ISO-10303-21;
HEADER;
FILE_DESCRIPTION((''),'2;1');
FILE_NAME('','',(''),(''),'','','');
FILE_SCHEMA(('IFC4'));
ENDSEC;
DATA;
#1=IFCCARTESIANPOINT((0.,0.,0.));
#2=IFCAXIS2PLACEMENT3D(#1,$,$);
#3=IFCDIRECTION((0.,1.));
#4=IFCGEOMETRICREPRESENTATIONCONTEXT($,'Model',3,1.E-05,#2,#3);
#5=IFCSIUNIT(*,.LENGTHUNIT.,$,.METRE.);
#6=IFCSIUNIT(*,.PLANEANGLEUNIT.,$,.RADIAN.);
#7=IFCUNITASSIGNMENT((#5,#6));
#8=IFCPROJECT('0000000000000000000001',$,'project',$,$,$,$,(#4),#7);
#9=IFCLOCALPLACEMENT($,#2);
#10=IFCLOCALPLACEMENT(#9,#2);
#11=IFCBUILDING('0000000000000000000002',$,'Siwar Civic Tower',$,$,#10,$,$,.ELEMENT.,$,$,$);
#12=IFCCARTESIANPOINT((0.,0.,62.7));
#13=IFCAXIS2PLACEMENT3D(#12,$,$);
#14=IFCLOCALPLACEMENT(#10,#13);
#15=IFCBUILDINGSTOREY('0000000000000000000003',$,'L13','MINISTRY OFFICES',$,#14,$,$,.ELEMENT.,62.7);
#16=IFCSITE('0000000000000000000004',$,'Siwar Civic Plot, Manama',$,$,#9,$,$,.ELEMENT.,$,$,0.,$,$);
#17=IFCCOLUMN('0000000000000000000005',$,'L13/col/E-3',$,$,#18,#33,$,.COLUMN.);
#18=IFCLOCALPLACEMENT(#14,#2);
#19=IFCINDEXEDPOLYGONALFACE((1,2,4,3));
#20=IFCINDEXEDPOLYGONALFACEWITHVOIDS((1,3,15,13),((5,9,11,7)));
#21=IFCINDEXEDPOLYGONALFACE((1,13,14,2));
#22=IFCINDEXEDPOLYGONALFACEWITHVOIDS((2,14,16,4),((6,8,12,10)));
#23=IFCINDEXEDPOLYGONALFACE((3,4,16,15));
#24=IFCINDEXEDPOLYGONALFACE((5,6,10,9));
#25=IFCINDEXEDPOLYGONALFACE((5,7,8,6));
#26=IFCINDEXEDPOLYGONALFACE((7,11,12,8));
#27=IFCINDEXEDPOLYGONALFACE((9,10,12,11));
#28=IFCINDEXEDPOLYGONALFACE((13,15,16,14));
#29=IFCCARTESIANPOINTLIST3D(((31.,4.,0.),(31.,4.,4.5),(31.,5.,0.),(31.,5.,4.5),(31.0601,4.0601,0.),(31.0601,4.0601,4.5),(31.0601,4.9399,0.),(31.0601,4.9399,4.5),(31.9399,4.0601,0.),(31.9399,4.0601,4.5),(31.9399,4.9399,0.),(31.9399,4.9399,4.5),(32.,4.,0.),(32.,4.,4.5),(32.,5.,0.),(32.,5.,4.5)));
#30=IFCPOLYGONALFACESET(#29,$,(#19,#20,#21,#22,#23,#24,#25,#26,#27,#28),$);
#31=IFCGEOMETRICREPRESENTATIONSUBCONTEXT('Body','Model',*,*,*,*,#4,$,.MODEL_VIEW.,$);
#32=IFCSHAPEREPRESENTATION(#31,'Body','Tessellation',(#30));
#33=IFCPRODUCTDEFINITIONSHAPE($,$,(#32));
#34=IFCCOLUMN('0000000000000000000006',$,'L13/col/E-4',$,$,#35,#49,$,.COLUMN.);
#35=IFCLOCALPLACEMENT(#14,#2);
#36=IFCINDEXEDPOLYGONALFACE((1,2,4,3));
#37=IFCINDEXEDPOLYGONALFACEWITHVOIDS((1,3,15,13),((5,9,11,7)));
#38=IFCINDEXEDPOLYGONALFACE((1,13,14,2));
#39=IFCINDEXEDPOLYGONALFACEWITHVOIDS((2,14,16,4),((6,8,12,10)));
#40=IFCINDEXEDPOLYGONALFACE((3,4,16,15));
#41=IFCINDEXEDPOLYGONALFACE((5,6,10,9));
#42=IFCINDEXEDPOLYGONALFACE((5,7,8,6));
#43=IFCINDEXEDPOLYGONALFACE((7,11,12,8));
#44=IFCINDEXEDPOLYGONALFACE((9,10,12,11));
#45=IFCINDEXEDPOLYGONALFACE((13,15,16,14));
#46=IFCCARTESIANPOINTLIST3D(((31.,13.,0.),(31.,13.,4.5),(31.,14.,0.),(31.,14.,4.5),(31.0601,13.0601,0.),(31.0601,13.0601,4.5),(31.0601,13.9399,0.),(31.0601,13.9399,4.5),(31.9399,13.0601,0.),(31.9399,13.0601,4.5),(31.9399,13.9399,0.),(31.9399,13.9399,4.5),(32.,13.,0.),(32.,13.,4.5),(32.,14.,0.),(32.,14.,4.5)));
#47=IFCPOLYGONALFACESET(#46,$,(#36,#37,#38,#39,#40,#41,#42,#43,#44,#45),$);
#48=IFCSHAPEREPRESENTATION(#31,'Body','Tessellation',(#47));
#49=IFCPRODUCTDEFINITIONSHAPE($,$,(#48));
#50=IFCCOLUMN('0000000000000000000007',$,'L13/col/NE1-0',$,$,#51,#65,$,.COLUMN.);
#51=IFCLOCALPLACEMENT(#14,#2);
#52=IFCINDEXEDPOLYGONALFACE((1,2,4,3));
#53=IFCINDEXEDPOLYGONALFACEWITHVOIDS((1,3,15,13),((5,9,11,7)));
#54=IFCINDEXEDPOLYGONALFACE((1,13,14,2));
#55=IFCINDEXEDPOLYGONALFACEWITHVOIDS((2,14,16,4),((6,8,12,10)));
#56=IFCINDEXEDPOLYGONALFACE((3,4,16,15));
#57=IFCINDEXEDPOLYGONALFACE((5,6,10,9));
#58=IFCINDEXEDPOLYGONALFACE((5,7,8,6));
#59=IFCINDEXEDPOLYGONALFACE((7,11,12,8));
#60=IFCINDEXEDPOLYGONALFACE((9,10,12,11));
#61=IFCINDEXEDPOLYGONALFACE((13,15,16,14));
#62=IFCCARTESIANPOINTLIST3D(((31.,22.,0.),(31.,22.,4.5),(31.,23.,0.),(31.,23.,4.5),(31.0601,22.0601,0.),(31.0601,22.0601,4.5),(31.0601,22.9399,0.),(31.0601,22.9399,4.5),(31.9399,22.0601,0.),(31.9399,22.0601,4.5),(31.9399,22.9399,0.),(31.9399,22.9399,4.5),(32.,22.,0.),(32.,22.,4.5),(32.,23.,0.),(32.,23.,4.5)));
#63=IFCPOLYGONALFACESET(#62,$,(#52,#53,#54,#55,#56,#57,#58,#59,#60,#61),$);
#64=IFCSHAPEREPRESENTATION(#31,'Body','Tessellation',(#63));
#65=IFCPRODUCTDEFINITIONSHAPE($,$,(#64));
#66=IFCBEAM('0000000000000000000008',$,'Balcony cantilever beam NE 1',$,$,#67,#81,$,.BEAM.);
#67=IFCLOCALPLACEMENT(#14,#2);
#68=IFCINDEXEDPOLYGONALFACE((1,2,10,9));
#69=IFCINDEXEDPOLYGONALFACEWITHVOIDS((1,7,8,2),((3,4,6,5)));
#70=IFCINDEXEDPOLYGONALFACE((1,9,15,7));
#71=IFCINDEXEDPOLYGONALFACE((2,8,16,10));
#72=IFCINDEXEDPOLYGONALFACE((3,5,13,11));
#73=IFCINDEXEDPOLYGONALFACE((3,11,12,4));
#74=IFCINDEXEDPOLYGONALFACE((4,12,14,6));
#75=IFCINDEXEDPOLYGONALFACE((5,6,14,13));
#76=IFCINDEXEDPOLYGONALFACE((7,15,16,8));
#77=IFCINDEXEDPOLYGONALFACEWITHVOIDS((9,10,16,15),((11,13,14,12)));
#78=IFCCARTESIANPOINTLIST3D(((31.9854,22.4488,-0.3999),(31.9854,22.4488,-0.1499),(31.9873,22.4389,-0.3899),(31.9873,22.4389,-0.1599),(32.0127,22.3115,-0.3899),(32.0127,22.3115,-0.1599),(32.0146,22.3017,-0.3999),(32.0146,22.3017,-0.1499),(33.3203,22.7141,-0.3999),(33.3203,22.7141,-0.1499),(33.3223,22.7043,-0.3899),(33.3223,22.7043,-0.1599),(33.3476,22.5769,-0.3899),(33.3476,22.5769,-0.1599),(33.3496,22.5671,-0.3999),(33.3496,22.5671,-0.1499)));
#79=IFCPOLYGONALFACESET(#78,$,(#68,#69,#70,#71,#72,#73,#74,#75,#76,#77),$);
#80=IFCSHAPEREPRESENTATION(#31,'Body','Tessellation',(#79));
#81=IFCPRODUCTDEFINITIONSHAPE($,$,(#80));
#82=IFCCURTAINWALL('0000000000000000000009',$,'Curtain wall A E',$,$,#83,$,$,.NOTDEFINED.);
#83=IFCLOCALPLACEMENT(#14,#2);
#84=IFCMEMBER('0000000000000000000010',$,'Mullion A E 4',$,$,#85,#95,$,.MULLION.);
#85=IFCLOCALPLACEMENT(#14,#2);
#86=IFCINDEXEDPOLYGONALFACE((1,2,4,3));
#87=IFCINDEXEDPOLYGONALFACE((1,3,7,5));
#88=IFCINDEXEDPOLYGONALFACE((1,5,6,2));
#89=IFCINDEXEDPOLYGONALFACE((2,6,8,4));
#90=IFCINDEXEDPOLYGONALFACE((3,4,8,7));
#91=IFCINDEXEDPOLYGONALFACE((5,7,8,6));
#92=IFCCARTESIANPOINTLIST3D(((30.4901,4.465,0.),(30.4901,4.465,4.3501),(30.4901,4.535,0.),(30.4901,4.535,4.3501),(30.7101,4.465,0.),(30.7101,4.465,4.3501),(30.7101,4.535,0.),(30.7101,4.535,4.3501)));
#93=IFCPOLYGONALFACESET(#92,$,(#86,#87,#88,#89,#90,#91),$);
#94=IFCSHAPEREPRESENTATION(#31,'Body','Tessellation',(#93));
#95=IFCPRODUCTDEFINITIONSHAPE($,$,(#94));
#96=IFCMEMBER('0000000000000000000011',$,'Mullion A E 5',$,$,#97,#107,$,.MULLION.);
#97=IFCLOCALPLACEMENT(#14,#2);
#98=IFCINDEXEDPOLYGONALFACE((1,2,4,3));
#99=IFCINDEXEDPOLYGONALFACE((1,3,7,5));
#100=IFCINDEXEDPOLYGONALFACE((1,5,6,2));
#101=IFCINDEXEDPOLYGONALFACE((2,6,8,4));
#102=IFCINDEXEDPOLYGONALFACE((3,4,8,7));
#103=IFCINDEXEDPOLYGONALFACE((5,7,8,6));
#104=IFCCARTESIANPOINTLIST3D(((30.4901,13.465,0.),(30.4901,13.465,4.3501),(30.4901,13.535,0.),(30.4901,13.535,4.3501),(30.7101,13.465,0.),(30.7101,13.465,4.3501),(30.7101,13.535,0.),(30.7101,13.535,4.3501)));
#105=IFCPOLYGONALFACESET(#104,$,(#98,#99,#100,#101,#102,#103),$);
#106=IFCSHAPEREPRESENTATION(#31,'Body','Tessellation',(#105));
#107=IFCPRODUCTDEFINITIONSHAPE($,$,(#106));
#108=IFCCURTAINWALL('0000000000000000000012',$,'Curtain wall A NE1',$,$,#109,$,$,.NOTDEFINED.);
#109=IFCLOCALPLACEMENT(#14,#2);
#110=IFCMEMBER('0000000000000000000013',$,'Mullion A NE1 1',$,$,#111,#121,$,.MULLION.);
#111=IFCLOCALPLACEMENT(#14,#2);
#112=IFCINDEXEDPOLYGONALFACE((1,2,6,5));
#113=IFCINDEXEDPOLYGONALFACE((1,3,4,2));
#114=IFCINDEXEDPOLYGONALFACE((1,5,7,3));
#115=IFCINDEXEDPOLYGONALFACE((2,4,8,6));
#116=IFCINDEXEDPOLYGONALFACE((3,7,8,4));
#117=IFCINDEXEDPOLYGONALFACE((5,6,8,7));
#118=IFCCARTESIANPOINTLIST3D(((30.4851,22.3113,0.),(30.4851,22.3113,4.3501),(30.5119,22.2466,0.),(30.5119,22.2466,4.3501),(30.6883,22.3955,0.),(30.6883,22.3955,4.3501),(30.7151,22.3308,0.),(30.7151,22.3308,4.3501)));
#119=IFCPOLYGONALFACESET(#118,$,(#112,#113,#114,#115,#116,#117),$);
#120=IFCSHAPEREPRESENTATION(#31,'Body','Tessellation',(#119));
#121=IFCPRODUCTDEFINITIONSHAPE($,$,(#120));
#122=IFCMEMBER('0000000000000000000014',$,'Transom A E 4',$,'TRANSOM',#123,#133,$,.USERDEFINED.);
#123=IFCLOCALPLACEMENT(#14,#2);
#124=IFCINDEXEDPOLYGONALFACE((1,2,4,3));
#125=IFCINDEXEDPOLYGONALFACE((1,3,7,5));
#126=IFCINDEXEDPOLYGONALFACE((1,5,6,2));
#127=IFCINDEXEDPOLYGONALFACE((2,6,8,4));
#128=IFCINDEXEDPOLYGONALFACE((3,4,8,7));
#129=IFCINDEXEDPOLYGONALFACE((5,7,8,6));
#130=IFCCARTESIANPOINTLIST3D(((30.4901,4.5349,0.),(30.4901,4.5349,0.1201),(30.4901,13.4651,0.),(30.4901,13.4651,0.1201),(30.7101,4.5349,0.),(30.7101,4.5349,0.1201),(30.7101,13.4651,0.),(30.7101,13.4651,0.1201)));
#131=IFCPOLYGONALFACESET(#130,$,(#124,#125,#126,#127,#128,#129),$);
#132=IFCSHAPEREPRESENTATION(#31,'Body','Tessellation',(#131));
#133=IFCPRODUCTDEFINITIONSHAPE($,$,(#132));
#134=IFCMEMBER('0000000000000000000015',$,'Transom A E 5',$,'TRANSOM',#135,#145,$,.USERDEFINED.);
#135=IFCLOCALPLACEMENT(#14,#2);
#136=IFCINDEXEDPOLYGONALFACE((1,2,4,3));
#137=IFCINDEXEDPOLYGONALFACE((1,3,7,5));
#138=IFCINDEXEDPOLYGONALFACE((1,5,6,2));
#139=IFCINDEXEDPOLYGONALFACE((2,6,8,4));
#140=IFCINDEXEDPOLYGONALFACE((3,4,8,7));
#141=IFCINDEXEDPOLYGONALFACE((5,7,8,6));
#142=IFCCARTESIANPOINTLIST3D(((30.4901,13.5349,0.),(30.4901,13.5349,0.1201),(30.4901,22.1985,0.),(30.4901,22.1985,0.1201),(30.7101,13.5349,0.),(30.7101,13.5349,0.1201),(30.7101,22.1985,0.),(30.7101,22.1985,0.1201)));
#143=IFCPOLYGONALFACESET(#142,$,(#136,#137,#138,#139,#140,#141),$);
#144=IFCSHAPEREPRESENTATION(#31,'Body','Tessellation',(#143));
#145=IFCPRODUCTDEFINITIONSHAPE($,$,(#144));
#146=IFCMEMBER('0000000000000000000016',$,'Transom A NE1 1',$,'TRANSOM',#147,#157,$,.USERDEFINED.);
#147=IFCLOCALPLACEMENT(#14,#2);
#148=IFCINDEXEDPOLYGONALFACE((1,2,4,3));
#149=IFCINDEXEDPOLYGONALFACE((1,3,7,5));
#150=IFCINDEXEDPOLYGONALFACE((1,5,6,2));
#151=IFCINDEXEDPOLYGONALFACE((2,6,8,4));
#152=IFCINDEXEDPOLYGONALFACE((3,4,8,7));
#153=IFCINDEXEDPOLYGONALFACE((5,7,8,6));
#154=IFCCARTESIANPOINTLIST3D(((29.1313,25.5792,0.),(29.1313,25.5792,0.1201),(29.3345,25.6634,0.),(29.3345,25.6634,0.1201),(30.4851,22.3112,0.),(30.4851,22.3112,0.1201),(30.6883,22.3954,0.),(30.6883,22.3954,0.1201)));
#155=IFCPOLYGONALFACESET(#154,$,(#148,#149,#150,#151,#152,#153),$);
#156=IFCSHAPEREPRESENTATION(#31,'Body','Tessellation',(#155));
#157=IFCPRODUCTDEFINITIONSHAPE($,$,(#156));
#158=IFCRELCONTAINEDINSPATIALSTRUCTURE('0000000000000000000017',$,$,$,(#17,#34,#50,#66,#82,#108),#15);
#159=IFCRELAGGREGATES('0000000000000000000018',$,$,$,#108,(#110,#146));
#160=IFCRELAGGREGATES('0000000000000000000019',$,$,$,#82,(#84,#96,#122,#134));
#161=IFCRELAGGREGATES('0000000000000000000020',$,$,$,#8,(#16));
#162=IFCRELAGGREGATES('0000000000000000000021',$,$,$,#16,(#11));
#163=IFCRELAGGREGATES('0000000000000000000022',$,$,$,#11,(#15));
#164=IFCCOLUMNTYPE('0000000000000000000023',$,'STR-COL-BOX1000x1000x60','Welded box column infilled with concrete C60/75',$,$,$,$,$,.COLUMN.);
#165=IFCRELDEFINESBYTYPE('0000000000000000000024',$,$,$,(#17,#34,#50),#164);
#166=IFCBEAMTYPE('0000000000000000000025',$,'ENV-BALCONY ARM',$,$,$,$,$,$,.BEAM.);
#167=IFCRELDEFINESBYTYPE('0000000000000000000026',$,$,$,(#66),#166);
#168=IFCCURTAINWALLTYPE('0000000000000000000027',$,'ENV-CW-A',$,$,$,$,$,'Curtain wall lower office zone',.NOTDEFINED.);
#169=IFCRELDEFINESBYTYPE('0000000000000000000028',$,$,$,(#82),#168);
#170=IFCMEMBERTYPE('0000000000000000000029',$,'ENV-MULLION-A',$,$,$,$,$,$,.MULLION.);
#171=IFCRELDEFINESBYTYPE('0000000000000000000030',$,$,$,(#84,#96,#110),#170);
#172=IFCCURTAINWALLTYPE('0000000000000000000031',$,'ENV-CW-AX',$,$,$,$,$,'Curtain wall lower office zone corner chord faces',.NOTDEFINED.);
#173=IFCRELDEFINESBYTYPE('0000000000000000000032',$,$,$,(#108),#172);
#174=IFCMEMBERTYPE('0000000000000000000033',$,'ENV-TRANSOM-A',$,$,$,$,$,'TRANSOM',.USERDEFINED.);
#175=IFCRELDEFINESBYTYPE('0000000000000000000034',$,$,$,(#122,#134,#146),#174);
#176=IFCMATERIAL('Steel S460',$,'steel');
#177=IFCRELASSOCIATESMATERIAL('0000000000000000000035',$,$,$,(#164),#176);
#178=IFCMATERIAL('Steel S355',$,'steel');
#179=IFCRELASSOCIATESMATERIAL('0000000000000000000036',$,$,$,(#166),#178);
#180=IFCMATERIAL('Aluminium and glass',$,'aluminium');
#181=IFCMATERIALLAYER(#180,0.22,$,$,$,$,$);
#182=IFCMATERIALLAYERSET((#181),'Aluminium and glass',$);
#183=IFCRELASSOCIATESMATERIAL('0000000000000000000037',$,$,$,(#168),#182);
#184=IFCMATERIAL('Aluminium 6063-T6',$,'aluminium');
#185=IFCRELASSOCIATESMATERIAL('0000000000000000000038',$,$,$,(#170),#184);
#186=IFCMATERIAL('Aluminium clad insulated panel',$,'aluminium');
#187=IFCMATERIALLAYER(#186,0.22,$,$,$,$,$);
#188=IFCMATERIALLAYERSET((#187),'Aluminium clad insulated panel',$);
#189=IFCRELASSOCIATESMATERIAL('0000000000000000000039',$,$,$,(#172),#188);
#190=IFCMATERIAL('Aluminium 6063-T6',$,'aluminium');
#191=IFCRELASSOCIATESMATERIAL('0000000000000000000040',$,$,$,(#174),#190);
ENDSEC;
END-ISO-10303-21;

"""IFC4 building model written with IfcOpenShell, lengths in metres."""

from ifc_helpers import new_model, si_unit, direction, frame, origin, origin_2d, place, context, subcontext, project, spatial, rectangle, hollow_rectangle, extrude, material, layer, layer_set, material_profile, profile_set, type_object, element, aggregate, save


model = new_model("IFC4")

# Units and contexts
model_context = context("Model", 3, precision=1e-05, world=origin(), true_north=direction((0.0, 1.0)))
body_context = subcontext(model_context, "Body", "Model", "MODEL_VIEW")
ifc_project = project(units=[si_unit("LENGTHUNIT", "METRE"), si_unit("PLANEANGLEUNIT", "RADIAN")], contexts=[model_context])

# Site, building, storey
site_placement = place(None, origin())
site = spatial("IfcSite", under=ifc_project, at=site_placement, Name="Siwar Civic Plot, Manama", CompositionType="ELEMENT", RefElevation=0.0)
building_placement = place(site_placement, origin())
building = spatial("IfcBuilding", under=site, at=building_placement, Name="Siwar Civic Tower", CompositionType="ELEMENT")
storey_placement = place(building_placement, frame((0.0, 0.0, 62.7)))
storey = spatial("IfcBuildingStorey", under=building, at=storey_placement, Name="L13", Description="MINISTRY OFFICES", CompositionType="ELEMENT", Elevation=62.7)

# Columns
ifc_material_1 = material(Name="Steel S460", Category="steel")
ifc_material_profile_1 = material_profile(ifc_material_1, hollow_rectangle(XDim=1.0, YDim=1.0, WallThickness=0.0601, at=origin_2d()), Name="BOX1000x1000x60")
ifc_profile_set_1 = profile_set([ifc_material_profile_1], Name="Steel S460")
column_type = type_object("IfcColumnType", Name="STR-COL-BOX1000x1000x60", Description="Welded box column infilled with concrete C60/75", PredefinedType="COLUMN", material=ifc_profile_set_1)
for number, where, z_axis, x_axis, name in (
    (1, (31.5, 4.5, 0.0), (0.0, 0.0, 1.0), (1.0, 0.0, 0.0), "L13/col/E-3"),
    (2, (31.5, 13.5, 0.0), (0.0, 0.0, 1.0), (1.0, 0.0, 0.0), "L13/col/E-4"),
    (3, (31.5, 22.5, 0.0), (0.0, 0.0, 1.0), (1.0, 0.0, 0.0), "L13/col/NE1-0"),
):
    element("IfcColumn", number, at=place(storey_placement, frame(where, z_axis=z_axis, x_axis=x_axis)), inside=storey, type_object=column_type, Name=name, PredefinedType="COLUMN", context=body_context, shape_type="SweptSolid", body=[
        extrude(hollow_rectangle(XDim=1.0, YDim=1.0, WallThickness=0.0601, at=origin_2d()), origin(), (0.0, 0.0, 1.0), 4.5),
    ])

# Beam
ifc_material_2 = material(Name="Steel S355", Category="steel")
ifc_material_profile_2 = material_profile(ifc_material_2, hollow_rectangle(XDim=0.1499, YDim=0.25, WallThickness=0.01, at=origin_2d()), Name="RHS250x150x10")
ifc_profile_set_2 = profile_set([ifc_material_profile_2], Name="Steel S355")
beam_type_1 = type_object("IfcBeamType", Name="ENV-BALCONY ARM", PredefinedType="BEAM", material=ifc_profile_set_2)
beam_1_placement = place(storey_placement, frame((32.0, 22.3752, -0.2749), z_axis=(0.980808, 0.194978, 0.0), x_axis=(-0.194978, 0.980808, 0.0)))
element("IfcBeam", 4, at=beam_1_placement, inside=storey, type_object=beam_type_1, Name="Balcony cantilever beam NE 1", PredefinedType="BEAM", context=body_context, shape_type="SweptSolid", body=[
    extrude(hollow_rectangle(XDim=0.1499, YDim=0.25, WallThickness=0.01, at=origin_2d()), origin(), (0.0, 0.0, 1.0), 1.3611),
])

# Curtain wall, members
ifc_material_3 = material(Name="Aluminium and glass", Category="aluminium")
ifc_layer_1 = layer(ifc_material_3, 0.22)
ifc_layer_set_1 = layer_set([ifc_layer_1], Name="Aluminium and glass")
curtain_wall_type_1 = type_object("IfcCurtainWallType", Name="ENV-CW-A", ElementType="Curtain wall lower office zone", PredefinedType="NOTDEFINED", material=ifc_layer_set_1)
curtain_wall_1_placement = place(storey_placement, origin())
curtain_wall_1 = element("IfcCurtainWall", 5, at=curtain_wall_1_placement, inside=storey, type_object=curtain_wall_type_1, Name="Curtain wall A E", PredefinedType="NOTDEFINED")
ifc_material_4 = material(Name="Aluminium 6063-T6", Category="aluminium")
ifc_material_profile_3 = material_profile(ifc_material_4, rectangle(XDim=0.22, YDim=0.0701, at=origin_2d()), Name="AL 220x70")
ifc_profile_set_3 = profile_set([ifc_material_profile_3], Name="Aluminium 6063-T6")
member_type_1 = type_object("IfcMemberType", Name="ENV-MULLION-A", PredefinedType="MULLION", material=ifc_profile_set_3)
member_1_placement = place(storey_placement, frame((30.6001, 4.5, 0.0), z_axis=(0.0, 0.0, 1.0), x_axis=(-1.0, 0.0, 0.0)))
member_1 = element("IfcMember", 6, at=member_1_placement, type_object=member_type_1, Name="Mullion A E 4", PredefinedType="MULLION", context=body_context, shape_type="SweptSolid", body=[
    extrude(rectangle(XDim=0.22, YDim=0.0701, at=origin_2d()), origin(), (0.0, 0.0, 1.0), 4.3501),
])
member_2_placement = place(storey_placement, frame((30.6001, 13.5, 0.0), z_axis=(0.0, 0.0, 1.0), x_axis=(-1.0, 0.0, 0.0)))
member_2 = element("IfcMember", 7, at=member_2_placement, type_object=member_type_1, Name="Mullion A E 5", PredefinedType="MULLION", context=body_context, shape_type="SweptSolid", body=[
    extrude(rectangle(XDim=0.22, YDim=0.0701, at=origin_2d()), origin(), (0.0, 0.0, 1.0), 4.3501),
])

# Curtain wall, member
ifc_material_5 = material(Name="Aluminium clad insulated panel", Category="aluminium")
ifc_layer_2 = layer(ifc_material_5, 0.22)
ifc_layer_set_2 = layer_set([ifc_layer_2], Name="Aluminium clad insulated panel")
curtain_wall_type_2 = type_object("IfcCurtainWallType", Name="ENV-CW-AX", ElementType="Curtain wall lower office zone corner chord faces", PredefinedType="NOTDEFINED", material=ifc_layer_set_2)
curtain_wall_2_placement = place(storey_placement, origin())
curtain_wall_2 = element("IfcCurtainWall", 8, at=curtain_wall_2_placement, inside=storey, type_object=curtain_wall_type_2, Name="Curtain wall A NE1", PredefinedType="NOTDEFINED")
member_3_placement = place(storey_placement, frame((30.6001, 22.321, 0.0), z_axis=(0.0, 0.0, 1.0), x_axis=(-0.92388, -0.382683, 0.0)))
member_3 = element("IfcMember", 9, at=member_3_placement, type_object=member_type_1, Name="Mullion A NE1 1", PredefinedType="MULLION", context=body_context, shape_type="SweptSolid", body=[
    extrude(rectangle(XDim=0.22, YDim=0.0701, at=origin_2d()), origin(), (0.0, 0.0, 1.0), 4.3501),
])

# Members
ifc_material_6 = material(Name="Aluminium 6063-T6", Category="aluminium")
ifc_material_profile_4 = material_profile(ifc_material_6, rectangle(XDim=0.22, YDim=0.1201, at=origin_2d()), Name="AL 220x120")
ifc_profile_set_4 = profile_set([ifc_material_profile_4], Name="Aluminium 6063-T6")
member_type_2 = type_object("IfcMemberType", Name="ENV-TRANSOM-A", ElementType="TRANSOM", PredefinedType="USERDEFINED", material=ifc_profile_set_4)
member_4_placement = place(storey_placement, frame((30.6001, 4.5349, 0.0601), z_axis=(0.0, 1.0, 0.0), x_axis=(-1.0, 0.0, 0.0)))
member_4 = element("IfcMember", 10, at=member_4_placement, type_object=member_type_2, Name="Transom A E 4", ObjectType="TRANSOM", PredefinedType="USERDEFINED", context=body_context, shape_type="SweptSolid", body=[
    extrude(rectangle(XDim=0.22, YDim=0.1201, at=origin_2d()), origin(), (0.0, 0.0, 1.0), 8.9302),
])
member_5_placement = place(storey_placement, frame((30.6001, 13.5349, 0.0601), z_axis=(0.0, 1.0, 0.0), x_axis=(-1.0, 0.0, 0.0)))
member_5 = element("IfcMember", 11, at=member_5_placement, type_object=member_type_2, Name="Transom A E 5", ObjectType="TRANSOM", PredefinedType="USERDEFINED", context=body_context, shape_type="SweptSolid", body=[
    extrude(rectangle(XDim=0.22, YDim=0.1201, at=origin_2d()), origin(), (0.0, 0.0, 1.0), 8.6636),
])
member_6_placement = place(storey_placement, frame((30.5867, 22.3533, 0.0601), z_axis=(-0.382703, 0.923871, 0.0), x_axis=(-0.923871, -0.382703, 0.0)))
member_6 = element("IfcMember", 12, at=member_6_placement, type_object=member_type_2, Name="Transom A NE1 1", ObjectType="TRANSOM", PredefinedType="USERDEFINED", context=body_context, shape_type="SweptSolid", body=[
    extrude(rectangle(XDim=0.22, YDim=0.1201, at=origin_2d()), origin(), (0.0, 0.0, 1.0), 3.5374),
])
aggregate(curtain_wall_2, [member_3, member_6])

aggregate(curtain_wall_1, [member_1, member_2, member_4, member_5])

save(model, "model.ifc")
